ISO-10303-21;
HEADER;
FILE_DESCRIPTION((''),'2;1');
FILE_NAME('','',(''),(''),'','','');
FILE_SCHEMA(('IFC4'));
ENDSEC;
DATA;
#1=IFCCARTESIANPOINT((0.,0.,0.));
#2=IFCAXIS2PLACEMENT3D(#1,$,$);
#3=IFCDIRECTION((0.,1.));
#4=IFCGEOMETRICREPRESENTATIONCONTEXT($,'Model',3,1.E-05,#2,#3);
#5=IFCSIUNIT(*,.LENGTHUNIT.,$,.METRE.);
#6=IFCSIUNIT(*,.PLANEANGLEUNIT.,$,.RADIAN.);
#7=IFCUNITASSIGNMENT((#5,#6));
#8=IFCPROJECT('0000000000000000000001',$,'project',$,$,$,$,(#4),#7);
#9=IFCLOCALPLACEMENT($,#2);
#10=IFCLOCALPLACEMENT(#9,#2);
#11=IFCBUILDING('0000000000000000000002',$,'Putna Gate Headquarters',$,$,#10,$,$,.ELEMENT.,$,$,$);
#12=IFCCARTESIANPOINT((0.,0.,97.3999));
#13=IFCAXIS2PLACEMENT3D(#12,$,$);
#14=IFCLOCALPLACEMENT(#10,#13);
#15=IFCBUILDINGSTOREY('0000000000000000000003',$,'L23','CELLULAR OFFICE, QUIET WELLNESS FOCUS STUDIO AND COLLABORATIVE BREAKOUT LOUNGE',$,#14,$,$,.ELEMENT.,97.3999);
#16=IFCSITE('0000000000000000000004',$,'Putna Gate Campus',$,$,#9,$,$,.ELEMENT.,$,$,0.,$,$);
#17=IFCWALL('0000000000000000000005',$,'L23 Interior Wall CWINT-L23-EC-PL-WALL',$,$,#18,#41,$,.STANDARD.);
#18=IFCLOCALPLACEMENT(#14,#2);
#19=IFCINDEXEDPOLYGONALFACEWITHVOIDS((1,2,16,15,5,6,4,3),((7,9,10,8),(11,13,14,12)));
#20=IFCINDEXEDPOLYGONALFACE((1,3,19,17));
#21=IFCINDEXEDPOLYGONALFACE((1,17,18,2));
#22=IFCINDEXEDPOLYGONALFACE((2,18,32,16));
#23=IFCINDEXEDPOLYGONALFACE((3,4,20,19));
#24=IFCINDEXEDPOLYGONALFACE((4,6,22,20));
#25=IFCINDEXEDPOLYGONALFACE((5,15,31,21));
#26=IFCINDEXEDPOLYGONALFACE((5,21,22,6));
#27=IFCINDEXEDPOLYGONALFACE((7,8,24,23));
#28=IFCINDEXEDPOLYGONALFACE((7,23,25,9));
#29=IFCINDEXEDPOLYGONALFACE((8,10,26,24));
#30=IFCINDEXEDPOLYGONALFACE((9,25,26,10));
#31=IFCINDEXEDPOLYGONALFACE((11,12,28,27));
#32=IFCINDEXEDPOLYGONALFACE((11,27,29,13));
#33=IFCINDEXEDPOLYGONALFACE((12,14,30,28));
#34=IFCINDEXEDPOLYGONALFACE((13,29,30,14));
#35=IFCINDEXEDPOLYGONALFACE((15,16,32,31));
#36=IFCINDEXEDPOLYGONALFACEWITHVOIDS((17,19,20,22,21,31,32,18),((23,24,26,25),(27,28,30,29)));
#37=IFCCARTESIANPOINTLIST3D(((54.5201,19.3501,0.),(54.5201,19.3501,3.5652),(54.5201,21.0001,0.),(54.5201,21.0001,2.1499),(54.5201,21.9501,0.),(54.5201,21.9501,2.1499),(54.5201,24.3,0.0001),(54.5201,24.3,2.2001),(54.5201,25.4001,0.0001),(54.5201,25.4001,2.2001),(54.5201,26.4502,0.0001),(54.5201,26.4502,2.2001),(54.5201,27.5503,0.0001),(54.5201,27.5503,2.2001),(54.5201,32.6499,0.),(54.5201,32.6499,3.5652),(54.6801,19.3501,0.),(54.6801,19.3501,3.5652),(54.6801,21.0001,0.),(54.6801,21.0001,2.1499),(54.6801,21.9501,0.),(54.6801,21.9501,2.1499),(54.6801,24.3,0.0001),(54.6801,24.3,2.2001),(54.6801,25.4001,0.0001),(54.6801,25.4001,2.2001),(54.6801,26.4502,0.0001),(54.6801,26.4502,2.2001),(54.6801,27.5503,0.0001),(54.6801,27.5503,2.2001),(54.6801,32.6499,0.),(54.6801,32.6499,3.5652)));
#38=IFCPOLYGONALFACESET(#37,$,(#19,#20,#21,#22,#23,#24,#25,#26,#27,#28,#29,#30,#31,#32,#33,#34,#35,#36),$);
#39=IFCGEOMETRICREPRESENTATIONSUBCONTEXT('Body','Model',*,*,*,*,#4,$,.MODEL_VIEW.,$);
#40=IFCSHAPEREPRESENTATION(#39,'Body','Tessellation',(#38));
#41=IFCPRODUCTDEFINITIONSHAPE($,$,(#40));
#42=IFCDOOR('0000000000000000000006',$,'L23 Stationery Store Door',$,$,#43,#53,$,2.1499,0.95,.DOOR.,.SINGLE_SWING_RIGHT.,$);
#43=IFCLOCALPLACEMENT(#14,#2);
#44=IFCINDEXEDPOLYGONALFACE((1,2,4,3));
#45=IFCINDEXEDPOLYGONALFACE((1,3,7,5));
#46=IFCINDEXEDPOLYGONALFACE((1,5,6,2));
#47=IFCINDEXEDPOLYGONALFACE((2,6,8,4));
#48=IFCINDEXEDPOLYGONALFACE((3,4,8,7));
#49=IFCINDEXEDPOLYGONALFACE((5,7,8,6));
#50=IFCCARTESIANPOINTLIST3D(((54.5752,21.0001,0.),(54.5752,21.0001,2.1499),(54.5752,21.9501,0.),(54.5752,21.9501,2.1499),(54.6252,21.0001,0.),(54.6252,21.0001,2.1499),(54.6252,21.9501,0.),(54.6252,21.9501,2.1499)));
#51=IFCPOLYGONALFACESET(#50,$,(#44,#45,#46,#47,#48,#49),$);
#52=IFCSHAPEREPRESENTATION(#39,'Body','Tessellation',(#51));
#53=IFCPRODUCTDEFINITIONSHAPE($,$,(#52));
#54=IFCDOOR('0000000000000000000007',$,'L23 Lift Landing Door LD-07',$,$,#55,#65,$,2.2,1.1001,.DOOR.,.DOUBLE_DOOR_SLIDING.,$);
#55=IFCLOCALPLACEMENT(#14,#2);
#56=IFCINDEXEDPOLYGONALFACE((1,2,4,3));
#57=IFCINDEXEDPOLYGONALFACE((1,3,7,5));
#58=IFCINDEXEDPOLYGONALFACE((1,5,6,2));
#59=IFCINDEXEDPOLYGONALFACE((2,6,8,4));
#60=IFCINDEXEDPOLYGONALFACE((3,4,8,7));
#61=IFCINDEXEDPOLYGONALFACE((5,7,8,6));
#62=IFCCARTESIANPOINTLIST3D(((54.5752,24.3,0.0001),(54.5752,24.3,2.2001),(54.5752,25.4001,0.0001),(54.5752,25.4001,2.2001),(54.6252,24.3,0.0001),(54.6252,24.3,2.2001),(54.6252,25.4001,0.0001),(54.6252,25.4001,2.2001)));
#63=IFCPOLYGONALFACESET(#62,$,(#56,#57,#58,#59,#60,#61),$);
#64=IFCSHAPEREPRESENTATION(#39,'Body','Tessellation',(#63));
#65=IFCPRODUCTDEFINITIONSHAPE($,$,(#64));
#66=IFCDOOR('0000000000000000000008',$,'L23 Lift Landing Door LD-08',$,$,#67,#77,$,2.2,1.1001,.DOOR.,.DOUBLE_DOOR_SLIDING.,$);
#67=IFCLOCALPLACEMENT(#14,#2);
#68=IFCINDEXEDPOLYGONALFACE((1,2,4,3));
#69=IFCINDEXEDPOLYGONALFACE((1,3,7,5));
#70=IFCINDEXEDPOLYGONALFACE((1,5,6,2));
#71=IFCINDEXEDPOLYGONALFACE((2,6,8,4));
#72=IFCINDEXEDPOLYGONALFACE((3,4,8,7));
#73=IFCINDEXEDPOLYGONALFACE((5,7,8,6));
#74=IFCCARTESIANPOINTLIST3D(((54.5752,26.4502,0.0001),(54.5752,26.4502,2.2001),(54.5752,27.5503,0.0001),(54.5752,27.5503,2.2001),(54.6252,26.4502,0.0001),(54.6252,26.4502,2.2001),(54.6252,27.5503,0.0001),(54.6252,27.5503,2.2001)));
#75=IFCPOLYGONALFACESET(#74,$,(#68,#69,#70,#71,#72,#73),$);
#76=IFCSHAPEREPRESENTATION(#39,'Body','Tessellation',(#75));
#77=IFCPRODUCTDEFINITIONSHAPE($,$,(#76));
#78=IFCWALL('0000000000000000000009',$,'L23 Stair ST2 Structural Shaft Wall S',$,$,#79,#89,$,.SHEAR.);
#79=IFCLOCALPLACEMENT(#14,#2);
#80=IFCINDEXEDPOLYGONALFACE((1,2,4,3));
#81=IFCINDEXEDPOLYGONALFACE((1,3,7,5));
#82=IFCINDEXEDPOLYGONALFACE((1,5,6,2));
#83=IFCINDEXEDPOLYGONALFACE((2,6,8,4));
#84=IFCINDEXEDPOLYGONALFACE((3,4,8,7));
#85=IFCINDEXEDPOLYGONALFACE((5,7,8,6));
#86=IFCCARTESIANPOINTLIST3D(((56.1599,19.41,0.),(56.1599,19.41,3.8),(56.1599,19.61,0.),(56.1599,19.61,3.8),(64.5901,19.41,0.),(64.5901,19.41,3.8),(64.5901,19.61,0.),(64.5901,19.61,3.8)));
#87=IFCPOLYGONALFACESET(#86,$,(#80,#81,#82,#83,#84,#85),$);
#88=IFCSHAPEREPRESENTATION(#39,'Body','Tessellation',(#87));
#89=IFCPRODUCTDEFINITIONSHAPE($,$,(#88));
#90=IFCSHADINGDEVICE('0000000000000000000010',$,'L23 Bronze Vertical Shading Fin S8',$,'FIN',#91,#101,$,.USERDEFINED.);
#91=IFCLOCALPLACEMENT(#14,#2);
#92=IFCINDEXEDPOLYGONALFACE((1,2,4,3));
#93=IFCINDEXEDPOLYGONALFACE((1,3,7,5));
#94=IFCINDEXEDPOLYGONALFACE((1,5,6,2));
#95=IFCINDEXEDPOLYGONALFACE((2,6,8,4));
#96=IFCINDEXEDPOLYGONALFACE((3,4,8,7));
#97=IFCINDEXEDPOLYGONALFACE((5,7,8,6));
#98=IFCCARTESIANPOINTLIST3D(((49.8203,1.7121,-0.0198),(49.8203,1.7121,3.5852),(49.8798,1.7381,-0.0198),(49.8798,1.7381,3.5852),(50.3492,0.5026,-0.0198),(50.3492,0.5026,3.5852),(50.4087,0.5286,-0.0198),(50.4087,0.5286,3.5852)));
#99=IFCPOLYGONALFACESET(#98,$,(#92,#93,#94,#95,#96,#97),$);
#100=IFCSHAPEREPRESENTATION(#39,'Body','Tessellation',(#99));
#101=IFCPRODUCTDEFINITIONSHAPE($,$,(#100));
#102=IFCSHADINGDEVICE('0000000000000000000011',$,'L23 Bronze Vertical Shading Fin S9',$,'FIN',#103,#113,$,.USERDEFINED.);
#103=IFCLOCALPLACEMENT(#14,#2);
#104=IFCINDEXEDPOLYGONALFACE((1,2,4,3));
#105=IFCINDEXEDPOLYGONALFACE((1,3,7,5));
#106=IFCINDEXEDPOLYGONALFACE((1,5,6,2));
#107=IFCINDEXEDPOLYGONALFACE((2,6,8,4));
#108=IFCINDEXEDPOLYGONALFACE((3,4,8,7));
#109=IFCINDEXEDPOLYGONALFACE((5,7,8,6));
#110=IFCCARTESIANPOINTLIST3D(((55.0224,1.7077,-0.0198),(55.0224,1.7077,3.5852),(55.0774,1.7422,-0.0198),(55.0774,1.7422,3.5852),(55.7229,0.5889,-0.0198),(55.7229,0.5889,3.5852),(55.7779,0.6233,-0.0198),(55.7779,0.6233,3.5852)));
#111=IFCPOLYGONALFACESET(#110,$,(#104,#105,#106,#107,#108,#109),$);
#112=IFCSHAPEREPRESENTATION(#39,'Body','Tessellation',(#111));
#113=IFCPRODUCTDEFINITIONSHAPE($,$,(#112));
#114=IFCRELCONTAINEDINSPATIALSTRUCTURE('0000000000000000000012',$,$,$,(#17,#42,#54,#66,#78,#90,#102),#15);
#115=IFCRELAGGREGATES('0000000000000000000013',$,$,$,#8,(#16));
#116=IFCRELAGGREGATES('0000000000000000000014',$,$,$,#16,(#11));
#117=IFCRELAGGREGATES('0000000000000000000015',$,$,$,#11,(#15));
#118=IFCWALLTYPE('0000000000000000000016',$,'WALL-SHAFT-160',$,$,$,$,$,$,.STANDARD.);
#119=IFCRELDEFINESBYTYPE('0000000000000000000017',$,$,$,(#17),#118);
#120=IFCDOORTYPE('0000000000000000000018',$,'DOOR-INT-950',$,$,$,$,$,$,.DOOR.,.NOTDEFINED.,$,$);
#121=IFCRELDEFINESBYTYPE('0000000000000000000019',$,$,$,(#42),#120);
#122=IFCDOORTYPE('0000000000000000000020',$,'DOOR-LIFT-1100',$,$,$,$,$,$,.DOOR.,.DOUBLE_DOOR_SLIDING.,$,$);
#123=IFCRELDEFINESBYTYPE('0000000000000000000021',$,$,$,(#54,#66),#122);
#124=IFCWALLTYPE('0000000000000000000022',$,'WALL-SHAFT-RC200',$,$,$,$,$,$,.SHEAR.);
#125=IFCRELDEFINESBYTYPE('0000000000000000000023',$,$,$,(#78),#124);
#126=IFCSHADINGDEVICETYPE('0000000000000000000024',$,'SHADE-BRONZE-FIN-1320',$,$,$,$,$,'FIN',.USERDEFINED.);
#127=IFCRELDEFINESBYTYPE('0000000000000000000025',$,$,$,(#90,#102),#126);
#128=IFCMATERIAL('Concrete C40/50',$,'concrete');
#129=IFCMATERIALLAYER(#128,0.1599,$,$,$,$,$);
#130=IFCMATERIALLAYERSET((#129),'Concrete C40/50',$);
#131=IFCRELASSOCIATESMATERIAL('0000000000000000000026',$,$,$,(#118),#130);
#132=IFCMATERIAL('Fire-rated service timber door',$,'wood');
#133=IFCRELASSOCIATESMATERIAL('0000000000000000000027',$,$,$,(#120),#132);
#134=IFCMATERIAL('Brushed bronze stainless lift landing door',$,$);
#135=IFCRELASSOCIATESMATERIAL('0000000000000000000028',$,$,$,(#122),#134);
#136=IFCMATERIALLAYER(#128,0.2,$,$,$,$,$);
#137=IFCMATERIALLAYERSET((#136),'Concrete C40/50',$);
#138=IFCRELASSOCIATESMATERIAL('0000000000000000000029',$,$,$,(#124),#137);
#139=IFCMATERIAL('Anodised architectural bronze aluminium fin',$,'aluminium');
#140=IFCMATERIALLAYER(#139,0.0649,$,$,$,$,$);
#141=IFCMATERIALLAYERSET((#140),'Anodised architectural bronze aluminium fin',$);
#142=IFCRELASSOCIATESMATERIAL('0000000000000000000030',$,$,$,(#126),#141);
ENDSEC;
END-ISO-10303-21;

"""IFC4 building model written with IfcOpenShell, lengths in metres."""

from ifc_helpers import new_model, si_unit, direction, frame, frame_2d, origin, origin_2d, place, context, subcontext, project, spatial, rectangle, extrude, material, layer, layer_set, type_object, element, fill, save


model = new_model("IFC4")

# Units and contexts
model_context = context("Model", 3, precision=1e-05, world=origin(), true_north=direction((0.0, 1.0)))
body_context = subcontext(model_context, "Body", "Model", "MODEL_VIEW")
ifc_project = project(units=[si_unit("LENGTHUNIT", "METRE"), si_unit("PLANEANGLEUNIT", "RADIAN")], contexts=[model_context])

# Site, building, storey
site_placement = place(None, origin())
site = spatial("IfcSite", under=ifc_project, at=site_placement, Name="Putna Gate Campus", CompositionType="ELEMENT", RefElevation=0.0)
building_placement = place(site_placement, origin())
building = spatial("IfcBuilding", under=site, at=building_placement, Name="Putna Gate Headquarters", CompositionType="ELEMENT")
storey_placement = place(building_placement, frame((0.0, 0.0, 97.3999)))
storey = spatial("IfcBuildingStorey", under=building, at=storey_placement, Name="L23", Description="CELLULAR OFFICE, QUIET WELLNESS FOCUS STUDIO AND COLLABORATIVE BREAKOUT LOUNGE", CompositionType="ELEMENT", Elevation=97.3999)

# Wall, openings, doors
ifc_material_1 = material(Name="Concrete C40/50", Category="concrete")
ifc_layer_1 = layer(ifc_material_1, 0.1599)
ifc_layer_set_1 = layer_set([ifc_layer_1], Name="Concrete C40/50")
wall_type_1 = type_object("IfcWallType", Name="WALL-SHAFT-160", PredefinedType="STANDARD", material=ifc_layer_set_1)
wall_1_placement = place(storey_placement, frame((54.6001, 19.3501, 0.0), z_axis=(0.0, 0.0, 1.0), x_axis=(0.0, 1.0, 0.0)))
wall_1 = element("IfcWall", 1, at=wall_1_placement, inside=storey, type_object=wall_type_1, Name="L23 Interior Wall CWINT-L23-EC-PL-WALL", PredefinedType="STANDARD", context=body_context, shape_type="SweptSolid", body=[
    extrude(rectangle(XDim=13.2998, YDim=0.1599, at=frame_2d((6.6499, 0.0))), origin(), (0.0, 0.0, 1.0), 3.5652),
])
opening_1_placement = place(wall_1_placement, frame((1.6499, 0.0, 0.0)))
opening_1 = element("IfcOpeningElement", 2, at=opening_1_placement, cuts=wall_1, PredefinedType="OPENING", context=body_context, shape_type="SweptSolid", body=[
    extrude(rectangle(XDim=0.95, YDim=2.1499, at=frame_2d((0.4751, 1.075))), frame((0.0, 0.0898, 0.0), z_axis=(0.0, -1.0, 0.0), x_axis=(1.0, 0.0, 0.0)), (0.0, 0.0, 1.0), 0.1799),
])
opening_2_placement = place(wall_1_placement, frame((4.95, 0.0, 0.0)))
opening_2 = element("IfcOpeningElement", 3, at=opening_2_placement, cuts=wall_1, PredefinedType="OPENING", context=body_context, shape_type="SweptSolid", body=[
    extrude(rectangle(XDim=1.1001, YDim=2.2, at=frame_2d((0.55, 1.1001))), frame((0.0, 0.0898, 0.0), z_axis=(0.0, -1.0, 0.0), x_axis=(1.0, 0.0, 0.0)), (0.0, 0.0, 1.0), 0.1799),
])
opening_3_placement = place(wall_1_placement, frame((7.1001, 0.0, 0.0)))
opening_3 = element("IfcOpeningElement", 4, at=opening_3_placement, cuts=wall_1, PredefinedType="OPENING", context=body_context, shape_type="SweptSolid", body=[
    extrude(rectangle(XDim=1.1001, YDim=2.2, at=frame_2d((0.55, 1.1001))), frame((0.0, 0.0898, 0.0), z_axis=(0.0, -1.0, 0.0), x_axis=(1.0, 0.0, 0.0)), (0.0, 0.0, 1.0), 0.1799),
])
ifc_material_2 = material(Name="Fire-rated service timber door", Category="wood")
door_type_1 = type_object("IfcDoorType", Name="DOOR-INT-950", OperationType="NOTDEFINED", PredefinedType="DOOR", material=ifc_material_2)
door_1_placement = place(opening_1_placement, origin())
door_1 = element("IfcDoor", 5, at=door_1_placement, inside=storey, type_object=door_type_1, Name="L23 Stationery Store Door", OperationType="SINGLE_SWING_RIGHT", OverallHeight=2.1499, OverallWidth=0.95, PredefinedType="DOOR", context=body_context, shape_type="SweptSolid", body=[
    extrude(rectangle(XDim=0.95, YDim=2.1499, at=frame_2d((0.4751, 1.075))), frame((0.0, 0.0249, 0.0), z_axis=(0.0, -1.0, 0.0), x_axis=(1.0, 0.0, 0.0)), (0.0, 0.0, 1.0), 0.05),
])
fill(opening_1, door_1)
ifc_material_3 = material(Name="Brushed bronze stainless lift landing door")
door_type_2 = type_object("IfcDoorType", Name="DOOR-LIFT-1100", OperationType="DOUBLE_DOOR_SLIDING", PredefinedType="DOOR", material=ifc_material_3)
door_2_placement = place(opening_2_placement, origin())
door_2 = element("IfcDoor", 6, at=door_2_placement, inside=storey, type_object=door_type_2, Name="L23 Lift Landing Door LD-07", OperationType="DOUBLE_DOOR_SLIDING", OverallHeight=2.2, OverallWidth=1.1001, PredefinedType="DOOR", context=body_context, shape_type="SweptSolid", body=[
    extrude(rectangle(XDim=1.1001, YDim=2.2, at=frame_2d((0.55, 1.1001))), frame((0.0, 0.0249, 0.0), z_axis=(0.0, -1.0, 0.0), x_axis=(1.0, 0.0, 0.0)), (0.0, 0.0, 1.0), 0.05),
])
fill(opening_2, door_2)
door_3_placement = place(opening_3_placement, origin())
door_3 = element("IfcDoor", 7, at=door_3_placement, inside=storey, type_object=door_type_2, Name="L23 Lift Landing Door LD-08", OperationType="DOUBLE_DOOR_SLIDING", OverallHeight=2.2, OverallWidth=1.1001, PredefinedType="DOOR", context=body_context, shape_type="SweptSolid", body=[
    extrude(rectangle(XDim=1.1001, YDim=2.2, at=frame_2d((0.55, 1.1001))), frame((0.0, 0.0249, 0.0), z_axis=(0.0, -1.0, 0.0), x_axis=(1.0, 0.0, 0.0)), (0.0, 0.0, 1.0), 0.05),
])
fill(opening_3, door_3)

# Wall
ifc_layer_2 = layer(ifc_material_1, 0.2)
ifc_layer_set_2 = layer_set([ifc_layer_2], Name="Concrete C40/50")
wall_type_2 = type_object("IfcWallType", Name="WALL-SHAFT-RC200", PredefinedType="SHEAR", material=ifc_layer_set_2)
wall_2_placement = place(storey_placement, frame((56.1599, 19.51, 0.0), z_axis=(0.0, 0.0, 1.0), x_axis=(1.0, 0.0, 0.0)))
element("IfcWall", 8, at=wall_2_placement, inside=storey, type_object=wall_type_2, Name="L23 Stair ST2 Structural Shaft Wall S", PredefinedType="SHEAR", context=body_context, shape_type="SweptSolid", body=[
    extrude(rectangle(XDim=8.4302, YDim=0.2, at=frame_2d((4.2151, 0.0))), origin(), (0.0, 0.0, 1.0), 3.8),
])

# Shading devices
ifc_material_4 = material(Name="Anodised architectural bronze aluminium fin", Category="aluminium")
ifc_layer_3 = layer(ifc_material_4, 0.0649)
ifc_layer_set_3 = layer_set([ifc_layer_3], Name="Anodised architectural bronze aluminium fin")
shading_device_type = type_object("IfcShadingDeviceType", Name="SHADE-BRONZE-FIN-1320", ElementType="FIN", PredefinedType="USERDEFINED", material=ifc_layer_set_3)
for number, where, z_axis, x_axis, name in (
    (9, (50.1145, 1.1204, -0.0198), (0.0, 0.0, 1.0), (0.400669, -0.916223, 0.0), "L23 Bronze Vertical Shading Fin S8"),
    (10, (55.4001, 1.1655, -0.0198), (0.0, 0.0, 1.0), (0.530659, -0.847585, 0.0), "L23 Bronze Vertical Shading Fin S9"),
):
    element("IfcShadingDevice", number, at=place(storey_placement, frame(where, z_axis=z_axis, x_axis=x_axis)), inside=storey, type_object=shading_device_type, Name=name, ObjectType="FIN", PredefinedType="USERDEFINED", context=body_context, shape_type="SweptSolid", body=[
        extrude(rectangle(XDim=1.3201, YDim=0.0649, at=origin_2d()), origin(), (0.0, 0.0, 1.0), 3.605),
    ])

save(model, "model.ifc")
